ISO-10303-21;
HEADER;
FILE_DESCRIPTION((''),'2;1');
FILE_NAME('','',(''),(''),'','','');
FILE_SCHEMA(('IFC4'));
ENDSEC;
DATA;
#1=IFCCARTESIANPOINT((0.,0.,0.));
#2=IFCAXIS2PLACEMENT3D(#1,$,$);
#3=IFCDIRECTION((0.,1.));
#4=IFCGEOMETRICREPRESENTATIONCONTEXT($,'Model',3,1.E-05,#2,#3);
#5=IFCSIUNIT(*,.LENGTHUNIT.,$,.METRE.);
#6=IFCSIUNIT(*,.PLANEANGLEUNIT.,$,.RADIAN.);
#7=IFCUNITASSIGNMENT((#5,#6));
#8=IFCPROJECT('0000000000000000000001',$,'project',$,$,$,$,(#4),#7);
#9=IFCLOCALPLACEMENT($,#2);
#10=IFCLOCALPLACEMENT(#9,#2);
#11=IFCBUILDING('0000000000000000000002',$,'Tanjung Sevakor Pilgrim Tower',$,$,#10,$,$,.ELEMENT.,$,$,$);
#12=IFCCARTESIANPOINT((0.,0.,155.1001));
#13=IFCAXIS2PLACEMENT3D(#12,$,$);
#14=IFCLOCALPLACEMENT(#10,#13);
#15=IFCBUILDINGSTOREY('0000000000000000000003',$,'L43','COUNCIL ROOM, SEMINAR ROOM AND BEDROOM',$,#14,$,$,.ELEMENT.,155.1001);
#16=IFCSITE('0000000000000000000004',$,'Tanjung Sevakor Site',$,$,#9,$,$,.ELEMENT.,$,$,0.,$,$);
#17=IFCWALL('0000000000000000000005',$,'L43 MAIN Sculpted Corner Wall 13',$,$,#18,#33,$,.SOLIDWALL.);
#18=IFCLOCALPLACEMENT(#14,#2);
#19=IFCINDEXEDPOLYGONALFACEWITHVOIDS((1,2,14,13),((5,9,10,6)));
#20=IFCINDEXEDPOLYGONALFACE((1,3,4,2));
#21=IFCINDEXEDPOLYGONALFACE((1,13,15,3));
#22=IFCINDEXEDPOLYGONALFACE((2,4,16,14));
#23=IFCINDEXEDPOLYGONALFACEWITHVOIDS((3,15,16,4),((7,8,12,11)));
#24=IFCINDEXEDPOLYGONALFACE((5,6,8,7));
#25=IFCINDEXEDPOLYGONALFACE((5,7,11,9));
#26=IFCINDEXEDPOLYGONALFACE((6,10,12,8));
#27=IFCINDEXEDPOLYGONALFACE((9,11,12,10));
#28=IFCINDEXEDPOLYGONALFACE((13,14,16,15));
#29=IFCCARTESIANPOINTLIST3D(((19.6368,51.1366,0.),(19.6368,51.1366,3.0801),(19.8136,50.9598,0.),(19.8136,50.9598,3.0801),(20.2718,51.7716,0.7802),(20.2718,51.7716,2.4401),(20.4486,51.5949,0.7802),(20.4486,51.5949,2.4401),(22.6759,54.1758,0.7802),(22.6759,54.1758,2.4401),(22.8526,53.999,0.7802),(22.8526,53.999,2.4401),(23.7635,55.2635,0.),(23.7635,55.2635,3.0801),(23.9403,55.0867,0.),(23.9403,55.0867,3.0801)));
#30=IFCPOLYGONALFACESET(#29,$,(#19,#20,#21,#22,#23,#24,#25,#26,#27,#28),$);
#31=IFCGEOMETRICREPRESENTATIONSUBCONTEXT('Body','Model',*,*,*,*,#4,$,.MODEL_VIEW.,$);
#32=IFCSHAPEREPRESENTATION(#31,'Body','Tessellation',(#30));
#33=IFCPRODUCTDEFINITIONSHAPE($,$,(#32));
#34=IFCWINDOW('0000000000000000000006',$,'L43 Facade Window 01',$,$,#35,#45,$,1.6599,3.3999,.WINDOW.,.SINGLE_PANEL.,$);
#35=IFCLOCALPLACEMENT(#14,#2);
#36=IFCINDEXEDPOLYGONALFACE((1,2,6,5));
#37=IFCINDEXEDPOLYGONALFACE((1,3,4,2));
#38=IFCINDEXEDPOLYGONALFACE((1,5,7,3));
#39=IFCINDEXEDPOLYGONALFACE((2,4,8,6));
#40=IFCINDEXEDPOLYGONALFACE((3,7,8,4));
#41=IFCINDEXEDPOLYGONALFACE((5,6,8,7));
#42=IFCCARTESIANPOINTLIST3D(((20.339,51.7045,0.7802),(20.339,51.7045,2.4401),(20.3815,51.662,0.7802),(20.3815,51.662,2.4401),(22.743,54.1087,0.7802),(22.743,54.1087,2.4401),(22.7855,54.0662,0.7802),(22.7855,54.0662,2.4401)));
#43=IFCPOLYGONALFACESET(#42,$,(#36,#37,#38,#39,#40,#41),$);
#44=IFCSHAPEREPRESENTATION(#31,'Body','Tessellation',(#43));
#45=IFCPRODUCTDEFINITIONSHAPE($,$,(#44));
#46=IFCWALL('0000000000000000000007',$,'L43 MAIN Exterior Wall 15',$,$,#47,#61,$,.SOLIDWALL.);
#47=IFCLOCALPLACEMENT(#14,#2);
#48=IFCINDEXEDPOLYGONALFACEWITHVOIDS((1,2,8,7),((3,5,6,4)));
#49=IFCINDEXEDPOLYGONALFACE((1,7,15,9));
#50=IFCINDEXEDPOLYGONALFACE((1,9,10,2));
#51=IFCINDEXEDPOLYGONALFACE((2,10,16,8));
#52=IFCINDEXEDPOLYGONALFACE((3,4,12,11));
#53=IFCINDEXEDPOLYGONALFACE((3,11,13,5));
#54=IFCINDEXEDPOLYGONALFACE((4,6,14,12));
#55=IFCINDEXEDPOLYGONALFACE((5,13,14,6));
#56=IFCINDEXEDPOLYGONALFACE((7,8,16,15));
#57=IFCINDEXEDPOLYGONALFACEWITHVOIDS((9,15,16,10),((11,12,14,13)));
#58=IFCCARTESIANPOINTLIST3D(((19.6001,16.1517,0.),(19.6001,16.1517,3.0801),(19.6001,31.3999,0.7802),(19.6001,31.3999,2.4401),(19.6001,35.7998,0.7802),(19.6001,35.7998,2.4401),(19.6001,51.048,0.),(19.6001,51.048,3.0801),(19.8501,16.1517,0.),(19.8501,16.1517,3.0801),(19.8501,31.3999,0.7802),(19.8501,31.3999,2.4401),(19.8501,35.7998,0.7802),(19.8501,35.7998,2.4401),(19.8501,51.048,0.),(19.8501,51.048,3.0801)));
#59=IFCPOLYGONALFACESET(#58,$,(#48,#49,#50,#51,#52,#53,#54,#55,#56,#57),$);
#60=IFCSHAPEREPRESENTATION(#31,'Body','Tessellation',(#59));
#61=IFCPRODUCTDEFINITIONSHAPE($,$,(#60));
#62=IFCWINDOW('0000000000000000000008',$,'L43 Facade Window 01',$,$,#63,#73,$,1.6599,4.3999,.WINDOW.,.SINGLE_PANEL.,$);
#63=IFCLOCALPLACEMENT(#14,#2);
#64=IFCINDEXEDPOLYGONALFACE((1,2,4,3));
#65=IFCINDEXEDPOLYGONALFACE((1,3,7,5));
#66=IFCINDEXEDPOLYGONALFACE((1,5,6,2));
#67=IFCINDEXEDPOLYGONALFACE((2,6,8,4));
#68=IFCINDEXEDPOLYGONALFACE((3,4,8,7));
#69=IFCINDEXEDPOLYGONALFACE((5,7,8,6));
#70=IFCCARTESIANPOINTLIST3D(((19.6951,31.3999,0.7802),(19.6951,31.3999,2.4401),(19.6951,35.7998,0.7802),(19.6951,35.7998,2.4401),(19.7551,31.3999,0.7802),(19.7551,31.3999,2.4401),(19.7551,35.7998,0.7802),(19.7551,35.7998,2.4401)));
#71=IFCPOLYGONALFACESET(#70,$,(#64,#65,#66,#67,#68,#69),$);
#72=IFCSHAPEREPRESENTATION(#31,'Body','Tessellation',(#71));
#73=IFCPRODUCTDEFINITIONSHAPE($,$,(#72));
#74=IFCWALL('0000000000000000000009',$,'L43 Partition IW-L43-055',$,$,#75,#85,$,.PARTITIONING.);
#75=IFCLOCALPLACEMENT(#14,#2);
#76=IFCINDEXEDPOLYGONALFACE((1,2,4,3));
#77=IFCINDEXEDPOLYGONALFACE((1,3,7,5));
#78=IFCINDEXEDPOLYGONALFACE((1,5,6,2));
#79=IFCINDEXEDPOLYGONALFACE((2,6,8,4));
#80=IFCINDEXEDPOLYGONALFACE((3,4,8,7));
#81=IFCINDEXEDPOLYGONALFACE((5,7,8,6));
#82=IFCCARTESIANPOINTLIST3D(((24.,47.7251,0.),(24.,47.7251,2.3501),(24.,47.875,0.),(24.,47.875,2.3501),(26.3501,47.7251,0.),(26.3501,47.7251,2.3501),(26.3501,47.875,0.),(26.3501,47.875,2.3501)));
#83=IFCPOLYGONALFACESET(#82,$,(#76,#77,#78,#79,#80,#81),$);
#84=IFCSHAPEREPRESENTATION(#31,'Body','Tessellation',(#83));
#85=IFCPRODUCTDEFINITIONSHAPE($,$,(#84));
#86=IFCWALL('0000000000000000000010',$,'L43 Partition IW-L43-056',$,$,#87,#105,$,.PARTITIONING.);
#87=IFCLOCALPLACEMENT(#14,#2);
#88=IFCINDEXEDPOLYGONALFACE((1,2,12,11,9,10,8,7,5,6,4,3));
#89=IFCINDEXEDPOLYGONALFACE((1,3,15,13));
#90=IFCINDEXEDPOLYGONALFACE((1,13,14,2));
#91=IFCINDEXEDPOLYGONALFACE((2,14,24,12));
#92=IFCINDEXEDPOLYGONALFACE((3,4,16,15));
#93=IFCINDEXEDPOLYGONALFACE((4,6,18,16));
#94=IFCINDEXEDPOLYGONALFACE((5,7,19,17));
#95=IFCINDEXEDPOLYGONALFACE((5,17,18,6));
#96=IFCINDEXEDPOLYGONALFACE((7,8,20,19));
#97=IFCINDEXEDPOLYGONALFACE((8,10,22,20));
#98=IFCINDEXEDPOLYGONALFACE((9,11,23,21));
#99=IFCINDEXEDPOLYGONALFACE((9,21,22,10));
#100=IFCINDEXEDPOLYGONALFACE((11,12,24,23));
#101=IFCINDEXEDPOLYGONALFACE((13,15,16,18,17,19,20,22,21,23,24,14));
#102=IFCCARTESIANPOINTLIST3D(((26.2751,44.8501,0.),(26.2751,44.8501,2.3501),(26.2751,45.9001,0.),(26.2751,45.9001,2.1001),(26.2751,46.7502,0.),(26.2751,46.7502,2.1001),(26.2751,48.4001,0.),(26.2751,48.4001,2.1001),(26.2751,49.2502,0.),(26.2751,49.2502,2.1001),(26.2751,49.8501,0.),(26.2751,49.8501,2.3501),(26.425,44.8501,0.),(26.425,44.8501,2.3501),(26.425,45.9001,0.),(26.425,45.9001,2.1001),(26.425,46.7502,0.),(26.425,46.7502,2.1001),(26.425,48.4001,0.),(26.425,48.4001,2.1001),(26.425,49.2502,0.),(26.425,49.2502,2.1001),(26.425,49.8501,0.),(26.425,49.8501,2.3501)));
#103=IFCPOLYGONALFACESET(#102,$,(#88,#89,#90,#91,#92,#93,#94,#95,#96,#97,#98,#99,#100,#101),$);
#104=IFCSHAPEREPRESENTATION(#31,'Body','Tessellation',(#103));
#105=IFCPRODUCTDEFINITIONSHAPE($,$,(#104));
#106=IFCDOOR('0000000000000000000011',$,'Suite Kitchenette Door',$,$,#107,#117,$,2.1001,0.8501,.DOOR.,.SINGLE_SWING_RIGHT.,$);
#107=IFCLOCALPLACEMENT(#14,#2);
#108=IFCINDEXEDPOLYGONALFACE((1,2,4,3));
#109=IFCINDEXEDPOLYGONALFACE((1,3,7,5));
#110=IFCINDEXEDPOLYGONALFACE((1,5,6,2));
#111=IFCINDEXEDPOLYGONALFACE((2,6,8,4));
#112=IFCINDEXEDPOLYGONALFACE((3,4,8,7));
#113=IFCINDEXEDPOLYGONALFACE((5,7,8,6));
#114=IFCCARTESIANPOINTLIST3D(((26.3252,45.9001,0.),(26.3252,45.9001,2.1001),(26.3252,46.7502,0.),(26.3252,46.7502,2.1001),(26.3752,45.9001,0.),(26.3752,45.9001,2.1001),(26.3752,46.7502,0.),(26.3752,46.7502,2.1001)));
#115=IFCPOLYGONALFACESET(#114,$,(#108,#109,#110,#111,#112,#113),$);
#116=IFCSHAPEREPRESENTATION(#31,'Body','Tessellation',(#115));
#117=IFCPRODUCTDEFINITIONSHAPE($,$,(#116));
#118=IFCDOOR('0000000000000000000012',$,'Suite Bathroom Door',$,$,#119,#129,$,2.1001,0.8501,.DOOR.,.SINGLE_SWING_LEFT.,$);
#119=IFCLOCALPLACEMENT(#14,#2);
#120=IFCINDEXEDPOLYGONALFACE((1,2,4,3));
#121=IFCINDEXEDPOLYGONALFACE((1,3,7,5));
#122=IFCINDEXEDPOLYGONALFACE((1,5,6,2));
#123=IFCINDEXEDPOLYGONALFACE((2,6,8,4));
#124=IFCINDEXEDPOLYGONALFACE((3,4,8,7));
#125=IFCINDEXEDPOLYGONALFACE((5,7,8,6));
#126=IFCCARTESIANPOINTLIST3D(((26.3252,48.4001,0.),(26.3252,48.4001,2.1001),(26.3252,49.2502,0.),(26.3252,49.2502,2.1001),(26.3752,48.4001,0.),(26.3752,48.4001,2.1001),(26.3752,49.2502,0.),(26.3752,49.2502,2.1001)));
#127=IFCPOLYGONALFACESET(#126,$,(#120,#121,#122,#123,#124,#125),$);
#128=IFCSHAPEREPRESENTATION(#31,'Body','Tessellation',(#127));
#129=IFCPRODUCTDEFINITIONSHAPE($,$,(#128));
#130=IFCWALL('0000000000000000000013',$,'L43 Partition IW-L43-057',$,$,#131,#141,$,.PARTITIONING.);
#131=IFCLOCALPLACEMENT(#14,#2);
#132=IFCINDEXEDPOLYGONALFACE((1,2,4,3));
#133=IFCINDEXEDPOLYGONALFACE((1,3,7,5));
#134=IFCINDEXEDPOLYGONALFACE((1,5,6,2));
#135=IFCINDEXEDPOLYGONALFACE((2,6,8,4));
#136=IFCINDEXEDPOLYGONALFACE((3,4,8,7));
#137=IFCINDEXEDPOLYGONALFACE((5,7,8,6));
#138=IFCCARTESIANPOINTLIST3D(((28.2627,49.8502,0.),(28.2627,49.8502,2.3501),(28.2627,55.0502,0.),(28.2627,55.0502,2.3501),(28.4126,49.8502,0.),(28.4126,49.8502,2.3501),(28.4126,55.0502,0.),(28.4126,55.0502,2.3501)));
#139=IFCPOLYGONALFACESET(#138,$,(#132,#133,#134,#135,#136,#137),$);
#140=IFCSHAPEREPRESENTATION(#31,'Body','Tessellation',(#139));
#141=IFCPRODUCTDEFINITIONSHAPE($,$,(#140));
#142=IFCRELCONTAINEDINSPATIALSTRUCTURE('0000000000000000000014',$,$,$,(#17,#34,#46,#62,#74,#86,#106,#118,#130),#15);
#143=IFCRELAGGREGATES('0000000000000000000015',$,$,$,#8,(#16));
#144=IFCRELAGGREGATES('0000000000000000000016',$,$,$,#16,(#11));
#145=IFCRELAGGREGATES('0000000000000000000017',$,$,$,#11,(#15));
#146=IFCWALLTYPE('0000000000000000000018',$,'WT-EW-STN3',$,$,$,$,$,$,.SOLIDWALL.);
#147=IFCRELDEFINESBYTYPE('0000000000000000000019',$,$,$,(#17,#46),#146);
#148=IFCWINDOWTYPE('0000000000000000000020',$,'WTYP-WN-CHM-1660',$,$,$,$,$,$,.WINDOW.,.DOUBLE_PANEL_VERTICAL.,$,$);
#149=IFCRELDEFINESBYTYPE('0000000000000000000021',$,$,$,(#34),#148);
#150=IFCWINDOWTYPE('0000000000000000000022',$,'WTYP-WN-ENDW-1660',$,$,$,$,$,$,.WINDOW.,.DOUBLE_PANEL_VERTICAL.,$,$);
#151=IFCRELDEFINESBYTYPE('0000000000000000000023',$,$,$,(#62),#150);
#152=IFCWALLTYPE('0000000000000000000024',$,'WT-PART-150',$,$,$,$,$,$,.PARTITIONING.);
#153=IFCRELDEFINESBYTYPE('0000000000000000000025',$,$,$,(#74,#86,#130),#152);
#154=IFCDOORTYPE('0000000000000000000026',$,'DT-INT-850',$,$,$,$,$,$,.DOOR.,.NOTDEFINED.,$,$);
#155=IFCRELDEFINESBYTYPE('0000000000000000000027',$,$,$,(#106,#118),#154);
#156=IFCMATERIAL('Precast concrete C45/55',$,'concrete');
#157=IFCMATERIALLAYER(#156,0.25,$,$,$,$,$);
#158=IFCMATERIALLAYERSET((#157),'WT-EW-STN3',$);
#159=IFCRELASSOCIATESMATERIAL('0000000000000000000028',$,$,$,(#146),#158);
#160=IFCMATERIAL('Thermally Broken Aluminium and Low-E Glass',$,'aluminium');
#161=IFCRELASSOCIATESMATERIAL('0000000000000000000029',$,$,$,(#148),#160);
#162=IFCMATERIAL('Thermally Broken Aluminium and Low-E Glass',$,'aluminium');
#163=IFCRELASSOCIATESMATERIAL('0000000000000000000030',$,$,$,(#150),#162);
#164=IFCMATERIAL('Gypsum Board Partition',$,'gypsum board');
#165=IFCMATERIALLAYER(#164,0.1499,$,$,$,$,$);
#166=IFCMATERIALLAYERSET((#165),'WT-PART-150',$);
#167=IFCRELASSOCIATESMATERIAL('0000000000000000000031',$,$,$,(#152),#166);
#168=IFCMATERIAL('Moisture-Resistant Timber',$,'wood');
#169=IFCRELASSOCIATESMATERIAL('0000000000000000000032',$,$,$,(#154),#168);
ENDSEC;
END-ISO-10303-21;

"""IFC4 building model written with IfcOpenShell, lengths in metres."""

from ifc_helpers import new_model, si_unit, direction, frame, frame_2d, origin, place, context, subcontext, project, spatial, rectangle, extrude, material, layer, layer_set, type_object, element, fill, save


model = new_model("IFC4")

# Units and contexts
model_context = context("Model", 3, precision=1e-05, world=origin(), true_north=direction((0.0, 1.0)))
body_context = subcontext(model_context, "Body", "Model", "MODEL_VIEW")
ifc_project = project(units=[si_unit("LENGTHUNIT", "METRE"), si_unit("PLANEANGLEUNIT", "RADIAN")], contexts=[model_context])

# Site, building, storey
site_placement = place(None, origin())
site = spatial("IfcSite", under=ifc_project, at=site_placement, Name="Tanjung Sevakor Site", CompositionType="ELEMENT", RefElevation=0.0)
building_placement = place(site_placement, origin())
building = spatial("IfcBuilding", under=site, at=building_placement, Name="Tanjung Sevakor Pilgrim Tower", CompositionType="ELEMENT")
storey_placement = place(building_placement, frame((0.0, 0.0, 155.1001)))
storey = spatial("IfcBuildingStorey", under=building, at=storey_placement, Name="L43", Description="COUNCIL ROOM, SEMINAR ROOM AND BEDROOM", CompositionType="ELEMENT", Elevation=155.1001)

# Walls, openings, windows
ifc_material_1 = material(Name="Precast concrete C45/55", Category="concrete")
ifc_layer_1 = layer(ifc_material_1, 0.25)
ifc_layer_set_1 = layer_set([ifc_layer_1], Name="WT-EW-STN3")
wall_type_1 = type_object("IfcWallType", Name="WT-EW-STN3", PredefinedType="SOLIDWALL", material=ifc_layer_set_1)
wall_1_placement = place(storey_placement, frame((23.8518, 55.175, 0.0), z_axis=(0.0, 0.0, 1.0), x_axis=(-0.707086, -0.707128, 0.0)))
wall_1 = element("IfcWall", 1, at=wall_1_placement, inside=storey, type_object=wall_type_1, Name="L43 MAIN Sculpted Corner Wall 13", PredefinedType="SOLIDWALL", context=body_context, shape_type="SweptSolid", body=[
    extrude(rectangle(XDim=5.8362, YDim=0.25, at=frame_2d((2.918, 0.0))), origin(), (0.0, 0.0, 1.0), 3.0801),
])
opening_1_placement = place(wall_1_placement, frame((1.5381, 0.0, 0.78)))
opening_1 = element("IfcOpeningElement", 2, at=opening_1_placement, cuts=wall_1, PredefinedType="OPENING", context=body_context, shape_type="SweptSolid", body=[
    extrude(rectangle(XDim=3.3999, YDim=1.6599, at=frame_2d((1.7, 0.8301))), frame((0.0, 0.135, 0.0), z_axis=(0.0, -1.0, 0.0), x_axis=(1.0, 0.0, 0.0)), (0.0, 0.0, 1.0), 0.27),
])
ifc_material_2 = material(Name="Thermally Broken Aluminium and Low-E Glass", Category="aluminium")
window_type_1 = type_object("IfcWindowType", Name="WTYP-WN-CHM-1660", PartitioningType="DOUBLE_PANEL_VERTICAL", PredefinedType="WINDOW", material=ifc_material_2)
window_1_placement = place(opening_1_placement, origin())
window_1 = element("IfcWindow", 3, at=window_1_placement, inside=storey, type_object=window_type_1, Name="L43 Facade Window 01", OverallHeight=1.6599, OverallWidth=3.3999, PartitioningType="SINGLE_PANEL", PredefinedType="WINDOW", context=body_context, shape_type="SweptSolid", body=[
    extrude(rectangle(XDim=3.3999, YDim=1.6599, at=frame_2d((1.7, 0.8301))), frame((0.0, 0.03, 0.0), z_axis=(0.0, -1.0, 0.0), x_axis=(1.0, 0.0, 0.0)), (0.0, 0.0, 1.0), 0.0601),
])
fill(opening_1, window_1)
wall_2_placement = place(storey_placement, frame((19.7251, 51.0481, 0.0), z_axis=(0.0, 0.0, 1.0), x_axis=(0.0, -1.0, 0.0)))
wall_2 = element("IfcWall", 4, at=wall_2_placement, inside=storey, type_object=wall_type_1, Name="L43 MAIN Exterior Wall 15", PredefinedType="SOLIDWALL", context=body_context, shape_type="SweptSolid", body=[
    extrude(rectangle(XDim=34.8962, YDim=0.25, at=frame_2d((17.4482, 0.0))), origin(), (0.0, 0.0, 1.0), 3.0801),
])
opening_2_placement = place(wall_2_placement, frame((15.2483, 0.0, 0.78)))
opening_2 = element("IfcOpeningElement", 5, at=opening_2_placement, cuts=wall_2, PredefinedType="OPENING", context=body_context, shape_type="SweptSolid", body=[
    extrude(rectangle(XDim=4.3999, YDim=1.6599, at=frame_2d((2.2, 0.8301))), frame((0.0, 0.135, 0.0), z_axis=(0.0, -1.0, 0.0), x_axis=(1.0, 0.0, 0.0)), (0.0, 0.0, 1.0), 0.27),
])
ifc_material_3 = material(Name="Thermally Broken Aluminium and Low-E Glass", Category="aluminium")
window_type_2 = type_object("IfcWindowType", Name="WTYP-WN-ENDW-1660", PartitioningType="DOUBLE_PANEL_VERTICAL", PredefinedType="WINDOW", material=ifc_material_3)
window_2_placement = place(opening_2_placement, origin())
window_2 = element("IfcWindow", 6, at=window_2_placement, inside=storey, type_object=window_type_2, Name="L43 Facade Window 01", OverallHeight=1.6599, OverallWidth=4.3999, PartitioningType="SINGLE_PANEL", PredefinedType="WINDOW", context=body_context, shape_type="SweptSolid", body=[
    extrude(rectangle(XDim=4.3999, YDim=1.6599, at=frame_2d((2.2, 0.8301))), frame((0.0, 0.03, 0.0), z_axis=(0.0, -1.0, 0.0), x_axis=(1.0, 0.0, 0.0)), (0.0, 0.0, 1.0), 0.0601),
])
fill(opening_2, window_2)

# Wall
ifc_material_4 = material(Name="Gypsum Board Partition", Category="gypsum board")
ifc_layer_2 = layer(ifc_material_4, 0.1499)
ifc_layer_set_2 = layer_set([ifc_layer_2], Name="WT-PART-150")
wall_type_2 = type_object("IfcWallType", Name="WT-PART-150", PredefinedType="PARTITIONING", material=ifc_layer_set_2)
wall_3_placement = place(storey_placement, frame((24.0, 47.8, 0.0), z_axis=(0.0, 0.0, 1.0), x_axis=(1.0, 0.0, 0.0)))
element("IfcWall", 7, at=wall_3_placement, inside=storey, type_object=wall_type_2, Name="L43 Partition IW-L43-055", PredefinedType="PARTITIONING", context=body_context, shape_type="SweptSolid", body=[
    extrude(rectangle(XDim=2.3501, YDim=0.1499, at=frame_2d((1.175, 0.0))), origin(), (0.0, 0.0, 1.0), 2.3501),
])

# Wall, openings, doors
wall_4_placement = place(storey_placement, frame((26.3501, 44.8501, 0.0), z_axis=(0.0, 0.0, 1.0), x_axis=(0.0, 1.0, 0.0)))
wall_4 = element("IfcWall", 8, at=wall_4_placement, inside=storey, type_object=wall_type_2, Name="L43 Partition IW-L43-056", PredefinedType="PARTITIONING", context=body_context, shape_type="SweptSolid", body=[
    extrude(rectangle(XDim=5.0, YDim=0.1499, at=frame_2d((2.5, 0.0))), origin(), (0.0, 0.0, 1.0), 2.3501),
])
opening_3_placement = place(wall_4_placement, frame((1.05, 0.0, 0.0)))
opening_3 = element("IfcOpeningElement", 9, at=opening_3_placement, cuts=wall_4, PredefinedType="OPENING", context=body_context, shape_type="SweptSolid", body=[
    extrude(rectangle(XDim=0.8501, YDim=2.1001, at=frame_2d((0.425, 1.05))), frame((0.0, 0.085, 0.0), z_axis=(0.0, -1.0, 0.0), x_axis=(1.0, 0.0, 0.0)), (0.0, 0.0, 1.0), 0.1699),
])
opening_4_placement = place(wall_4_placement, frame((3.55, 0.0, 0.0)))
opening_4 = element("IfcOpeningElement", 10, at=opening_4_placement, cuts=wall_4, PredefinedType="OPENING", context=body_context, shape_type="SweptSolid", body=[
    extrude(rectangle(XDim=0.8501, YDim=2.1001, at=frame_2d((0.425, 1.05))), frame((0.0, 0.085, 0.0), z_axis=(0.0, -1.0, 0.0), x_axis=(1.0, 0.0, 0.0)), (0.0, 0.0, 1.0), 0.1699),
])
ifc_material_5 = material(Name="Moisture-Resistant Timber", Category="wood")
door_type_1 = type_object("IfcDoorType", Name="DT-INT-850", OperationType="NOTDEFINED", PredefinedType="DOOR", material=ifc_material_5)
door_1_placement = place(opening_3_placement, origin())
door_1 = element("IfcDoor", 11, at=door_1_placement, inside=storey, type_object=door_type_1, Name="Suite Kitchenette Door", OperationType="SINGLE_SWING_RIGHT", OverallHeight=2.1001, OverallWidth=0.8501, PredefinedType="DOOR", context=body_context, shape_type="SweptSolid", body=[
    extrude(rectangle(XDim=0.8501, YDim=2.1001, at=frame_2d((0.425, 1.05))), frame((0.0, 0.0249, 0.0), z_axis=(0.0, -1.0, 0.0), x_axis=(1.0, 0.0, 0.0)), (0.0, 0.0, 1.0), 0.05),
])
fill(opening_3, door_1)
door_2_placement = place(opening_4_placement, origin())
door_2 = element("IfcDoor", 12, at=door_2_placement, inside=storey, type_object=door_type_1, Name="Suite Bathroom Door", OperationType="SINGLE_SWING_LEFT", OverallHeight=2.1001, OverallWidth=0.8501, PredefinedType="DOOR", context=body_context, shape_type="SweptSolid", body=[
    extrude(rectangle(XDim=0.8501, YDim=2.1001, at=frame_2d((0.425, 1.05))), frame((0.0, 0.0249, 0.0), z_axis=(0.0, -1.0, 0.0), x_axis=(1.0, 0.0, 0.0)), (0.0, 0.0, 1.0), 0.05),
])
fill(opening_4, door_2)

# Wall
wall_5_placement = place(storey_placement, frame((28.3376, 49.8501, 0.0), z_axis=(0.0, 0.0, 1.0), x_axis=(0.0, 1.0, 0.0)))
element("IfcWall", 13, at=wall_5_placement, inside=storey, type_object=wall_type_2, Name="L43 Partition IW-L43-057", PredefinedType="PARTITIONING", context=body_context, shape_type="SweptSolid", body=[
    extrude(rectangle(XDim=5.2, YDim=0.1499, at=frame_2d((2.6001, 0.0))), origin(), (0.0, 0.0, 1.0), 2.3501),
])

save(model, "model.ifc")
